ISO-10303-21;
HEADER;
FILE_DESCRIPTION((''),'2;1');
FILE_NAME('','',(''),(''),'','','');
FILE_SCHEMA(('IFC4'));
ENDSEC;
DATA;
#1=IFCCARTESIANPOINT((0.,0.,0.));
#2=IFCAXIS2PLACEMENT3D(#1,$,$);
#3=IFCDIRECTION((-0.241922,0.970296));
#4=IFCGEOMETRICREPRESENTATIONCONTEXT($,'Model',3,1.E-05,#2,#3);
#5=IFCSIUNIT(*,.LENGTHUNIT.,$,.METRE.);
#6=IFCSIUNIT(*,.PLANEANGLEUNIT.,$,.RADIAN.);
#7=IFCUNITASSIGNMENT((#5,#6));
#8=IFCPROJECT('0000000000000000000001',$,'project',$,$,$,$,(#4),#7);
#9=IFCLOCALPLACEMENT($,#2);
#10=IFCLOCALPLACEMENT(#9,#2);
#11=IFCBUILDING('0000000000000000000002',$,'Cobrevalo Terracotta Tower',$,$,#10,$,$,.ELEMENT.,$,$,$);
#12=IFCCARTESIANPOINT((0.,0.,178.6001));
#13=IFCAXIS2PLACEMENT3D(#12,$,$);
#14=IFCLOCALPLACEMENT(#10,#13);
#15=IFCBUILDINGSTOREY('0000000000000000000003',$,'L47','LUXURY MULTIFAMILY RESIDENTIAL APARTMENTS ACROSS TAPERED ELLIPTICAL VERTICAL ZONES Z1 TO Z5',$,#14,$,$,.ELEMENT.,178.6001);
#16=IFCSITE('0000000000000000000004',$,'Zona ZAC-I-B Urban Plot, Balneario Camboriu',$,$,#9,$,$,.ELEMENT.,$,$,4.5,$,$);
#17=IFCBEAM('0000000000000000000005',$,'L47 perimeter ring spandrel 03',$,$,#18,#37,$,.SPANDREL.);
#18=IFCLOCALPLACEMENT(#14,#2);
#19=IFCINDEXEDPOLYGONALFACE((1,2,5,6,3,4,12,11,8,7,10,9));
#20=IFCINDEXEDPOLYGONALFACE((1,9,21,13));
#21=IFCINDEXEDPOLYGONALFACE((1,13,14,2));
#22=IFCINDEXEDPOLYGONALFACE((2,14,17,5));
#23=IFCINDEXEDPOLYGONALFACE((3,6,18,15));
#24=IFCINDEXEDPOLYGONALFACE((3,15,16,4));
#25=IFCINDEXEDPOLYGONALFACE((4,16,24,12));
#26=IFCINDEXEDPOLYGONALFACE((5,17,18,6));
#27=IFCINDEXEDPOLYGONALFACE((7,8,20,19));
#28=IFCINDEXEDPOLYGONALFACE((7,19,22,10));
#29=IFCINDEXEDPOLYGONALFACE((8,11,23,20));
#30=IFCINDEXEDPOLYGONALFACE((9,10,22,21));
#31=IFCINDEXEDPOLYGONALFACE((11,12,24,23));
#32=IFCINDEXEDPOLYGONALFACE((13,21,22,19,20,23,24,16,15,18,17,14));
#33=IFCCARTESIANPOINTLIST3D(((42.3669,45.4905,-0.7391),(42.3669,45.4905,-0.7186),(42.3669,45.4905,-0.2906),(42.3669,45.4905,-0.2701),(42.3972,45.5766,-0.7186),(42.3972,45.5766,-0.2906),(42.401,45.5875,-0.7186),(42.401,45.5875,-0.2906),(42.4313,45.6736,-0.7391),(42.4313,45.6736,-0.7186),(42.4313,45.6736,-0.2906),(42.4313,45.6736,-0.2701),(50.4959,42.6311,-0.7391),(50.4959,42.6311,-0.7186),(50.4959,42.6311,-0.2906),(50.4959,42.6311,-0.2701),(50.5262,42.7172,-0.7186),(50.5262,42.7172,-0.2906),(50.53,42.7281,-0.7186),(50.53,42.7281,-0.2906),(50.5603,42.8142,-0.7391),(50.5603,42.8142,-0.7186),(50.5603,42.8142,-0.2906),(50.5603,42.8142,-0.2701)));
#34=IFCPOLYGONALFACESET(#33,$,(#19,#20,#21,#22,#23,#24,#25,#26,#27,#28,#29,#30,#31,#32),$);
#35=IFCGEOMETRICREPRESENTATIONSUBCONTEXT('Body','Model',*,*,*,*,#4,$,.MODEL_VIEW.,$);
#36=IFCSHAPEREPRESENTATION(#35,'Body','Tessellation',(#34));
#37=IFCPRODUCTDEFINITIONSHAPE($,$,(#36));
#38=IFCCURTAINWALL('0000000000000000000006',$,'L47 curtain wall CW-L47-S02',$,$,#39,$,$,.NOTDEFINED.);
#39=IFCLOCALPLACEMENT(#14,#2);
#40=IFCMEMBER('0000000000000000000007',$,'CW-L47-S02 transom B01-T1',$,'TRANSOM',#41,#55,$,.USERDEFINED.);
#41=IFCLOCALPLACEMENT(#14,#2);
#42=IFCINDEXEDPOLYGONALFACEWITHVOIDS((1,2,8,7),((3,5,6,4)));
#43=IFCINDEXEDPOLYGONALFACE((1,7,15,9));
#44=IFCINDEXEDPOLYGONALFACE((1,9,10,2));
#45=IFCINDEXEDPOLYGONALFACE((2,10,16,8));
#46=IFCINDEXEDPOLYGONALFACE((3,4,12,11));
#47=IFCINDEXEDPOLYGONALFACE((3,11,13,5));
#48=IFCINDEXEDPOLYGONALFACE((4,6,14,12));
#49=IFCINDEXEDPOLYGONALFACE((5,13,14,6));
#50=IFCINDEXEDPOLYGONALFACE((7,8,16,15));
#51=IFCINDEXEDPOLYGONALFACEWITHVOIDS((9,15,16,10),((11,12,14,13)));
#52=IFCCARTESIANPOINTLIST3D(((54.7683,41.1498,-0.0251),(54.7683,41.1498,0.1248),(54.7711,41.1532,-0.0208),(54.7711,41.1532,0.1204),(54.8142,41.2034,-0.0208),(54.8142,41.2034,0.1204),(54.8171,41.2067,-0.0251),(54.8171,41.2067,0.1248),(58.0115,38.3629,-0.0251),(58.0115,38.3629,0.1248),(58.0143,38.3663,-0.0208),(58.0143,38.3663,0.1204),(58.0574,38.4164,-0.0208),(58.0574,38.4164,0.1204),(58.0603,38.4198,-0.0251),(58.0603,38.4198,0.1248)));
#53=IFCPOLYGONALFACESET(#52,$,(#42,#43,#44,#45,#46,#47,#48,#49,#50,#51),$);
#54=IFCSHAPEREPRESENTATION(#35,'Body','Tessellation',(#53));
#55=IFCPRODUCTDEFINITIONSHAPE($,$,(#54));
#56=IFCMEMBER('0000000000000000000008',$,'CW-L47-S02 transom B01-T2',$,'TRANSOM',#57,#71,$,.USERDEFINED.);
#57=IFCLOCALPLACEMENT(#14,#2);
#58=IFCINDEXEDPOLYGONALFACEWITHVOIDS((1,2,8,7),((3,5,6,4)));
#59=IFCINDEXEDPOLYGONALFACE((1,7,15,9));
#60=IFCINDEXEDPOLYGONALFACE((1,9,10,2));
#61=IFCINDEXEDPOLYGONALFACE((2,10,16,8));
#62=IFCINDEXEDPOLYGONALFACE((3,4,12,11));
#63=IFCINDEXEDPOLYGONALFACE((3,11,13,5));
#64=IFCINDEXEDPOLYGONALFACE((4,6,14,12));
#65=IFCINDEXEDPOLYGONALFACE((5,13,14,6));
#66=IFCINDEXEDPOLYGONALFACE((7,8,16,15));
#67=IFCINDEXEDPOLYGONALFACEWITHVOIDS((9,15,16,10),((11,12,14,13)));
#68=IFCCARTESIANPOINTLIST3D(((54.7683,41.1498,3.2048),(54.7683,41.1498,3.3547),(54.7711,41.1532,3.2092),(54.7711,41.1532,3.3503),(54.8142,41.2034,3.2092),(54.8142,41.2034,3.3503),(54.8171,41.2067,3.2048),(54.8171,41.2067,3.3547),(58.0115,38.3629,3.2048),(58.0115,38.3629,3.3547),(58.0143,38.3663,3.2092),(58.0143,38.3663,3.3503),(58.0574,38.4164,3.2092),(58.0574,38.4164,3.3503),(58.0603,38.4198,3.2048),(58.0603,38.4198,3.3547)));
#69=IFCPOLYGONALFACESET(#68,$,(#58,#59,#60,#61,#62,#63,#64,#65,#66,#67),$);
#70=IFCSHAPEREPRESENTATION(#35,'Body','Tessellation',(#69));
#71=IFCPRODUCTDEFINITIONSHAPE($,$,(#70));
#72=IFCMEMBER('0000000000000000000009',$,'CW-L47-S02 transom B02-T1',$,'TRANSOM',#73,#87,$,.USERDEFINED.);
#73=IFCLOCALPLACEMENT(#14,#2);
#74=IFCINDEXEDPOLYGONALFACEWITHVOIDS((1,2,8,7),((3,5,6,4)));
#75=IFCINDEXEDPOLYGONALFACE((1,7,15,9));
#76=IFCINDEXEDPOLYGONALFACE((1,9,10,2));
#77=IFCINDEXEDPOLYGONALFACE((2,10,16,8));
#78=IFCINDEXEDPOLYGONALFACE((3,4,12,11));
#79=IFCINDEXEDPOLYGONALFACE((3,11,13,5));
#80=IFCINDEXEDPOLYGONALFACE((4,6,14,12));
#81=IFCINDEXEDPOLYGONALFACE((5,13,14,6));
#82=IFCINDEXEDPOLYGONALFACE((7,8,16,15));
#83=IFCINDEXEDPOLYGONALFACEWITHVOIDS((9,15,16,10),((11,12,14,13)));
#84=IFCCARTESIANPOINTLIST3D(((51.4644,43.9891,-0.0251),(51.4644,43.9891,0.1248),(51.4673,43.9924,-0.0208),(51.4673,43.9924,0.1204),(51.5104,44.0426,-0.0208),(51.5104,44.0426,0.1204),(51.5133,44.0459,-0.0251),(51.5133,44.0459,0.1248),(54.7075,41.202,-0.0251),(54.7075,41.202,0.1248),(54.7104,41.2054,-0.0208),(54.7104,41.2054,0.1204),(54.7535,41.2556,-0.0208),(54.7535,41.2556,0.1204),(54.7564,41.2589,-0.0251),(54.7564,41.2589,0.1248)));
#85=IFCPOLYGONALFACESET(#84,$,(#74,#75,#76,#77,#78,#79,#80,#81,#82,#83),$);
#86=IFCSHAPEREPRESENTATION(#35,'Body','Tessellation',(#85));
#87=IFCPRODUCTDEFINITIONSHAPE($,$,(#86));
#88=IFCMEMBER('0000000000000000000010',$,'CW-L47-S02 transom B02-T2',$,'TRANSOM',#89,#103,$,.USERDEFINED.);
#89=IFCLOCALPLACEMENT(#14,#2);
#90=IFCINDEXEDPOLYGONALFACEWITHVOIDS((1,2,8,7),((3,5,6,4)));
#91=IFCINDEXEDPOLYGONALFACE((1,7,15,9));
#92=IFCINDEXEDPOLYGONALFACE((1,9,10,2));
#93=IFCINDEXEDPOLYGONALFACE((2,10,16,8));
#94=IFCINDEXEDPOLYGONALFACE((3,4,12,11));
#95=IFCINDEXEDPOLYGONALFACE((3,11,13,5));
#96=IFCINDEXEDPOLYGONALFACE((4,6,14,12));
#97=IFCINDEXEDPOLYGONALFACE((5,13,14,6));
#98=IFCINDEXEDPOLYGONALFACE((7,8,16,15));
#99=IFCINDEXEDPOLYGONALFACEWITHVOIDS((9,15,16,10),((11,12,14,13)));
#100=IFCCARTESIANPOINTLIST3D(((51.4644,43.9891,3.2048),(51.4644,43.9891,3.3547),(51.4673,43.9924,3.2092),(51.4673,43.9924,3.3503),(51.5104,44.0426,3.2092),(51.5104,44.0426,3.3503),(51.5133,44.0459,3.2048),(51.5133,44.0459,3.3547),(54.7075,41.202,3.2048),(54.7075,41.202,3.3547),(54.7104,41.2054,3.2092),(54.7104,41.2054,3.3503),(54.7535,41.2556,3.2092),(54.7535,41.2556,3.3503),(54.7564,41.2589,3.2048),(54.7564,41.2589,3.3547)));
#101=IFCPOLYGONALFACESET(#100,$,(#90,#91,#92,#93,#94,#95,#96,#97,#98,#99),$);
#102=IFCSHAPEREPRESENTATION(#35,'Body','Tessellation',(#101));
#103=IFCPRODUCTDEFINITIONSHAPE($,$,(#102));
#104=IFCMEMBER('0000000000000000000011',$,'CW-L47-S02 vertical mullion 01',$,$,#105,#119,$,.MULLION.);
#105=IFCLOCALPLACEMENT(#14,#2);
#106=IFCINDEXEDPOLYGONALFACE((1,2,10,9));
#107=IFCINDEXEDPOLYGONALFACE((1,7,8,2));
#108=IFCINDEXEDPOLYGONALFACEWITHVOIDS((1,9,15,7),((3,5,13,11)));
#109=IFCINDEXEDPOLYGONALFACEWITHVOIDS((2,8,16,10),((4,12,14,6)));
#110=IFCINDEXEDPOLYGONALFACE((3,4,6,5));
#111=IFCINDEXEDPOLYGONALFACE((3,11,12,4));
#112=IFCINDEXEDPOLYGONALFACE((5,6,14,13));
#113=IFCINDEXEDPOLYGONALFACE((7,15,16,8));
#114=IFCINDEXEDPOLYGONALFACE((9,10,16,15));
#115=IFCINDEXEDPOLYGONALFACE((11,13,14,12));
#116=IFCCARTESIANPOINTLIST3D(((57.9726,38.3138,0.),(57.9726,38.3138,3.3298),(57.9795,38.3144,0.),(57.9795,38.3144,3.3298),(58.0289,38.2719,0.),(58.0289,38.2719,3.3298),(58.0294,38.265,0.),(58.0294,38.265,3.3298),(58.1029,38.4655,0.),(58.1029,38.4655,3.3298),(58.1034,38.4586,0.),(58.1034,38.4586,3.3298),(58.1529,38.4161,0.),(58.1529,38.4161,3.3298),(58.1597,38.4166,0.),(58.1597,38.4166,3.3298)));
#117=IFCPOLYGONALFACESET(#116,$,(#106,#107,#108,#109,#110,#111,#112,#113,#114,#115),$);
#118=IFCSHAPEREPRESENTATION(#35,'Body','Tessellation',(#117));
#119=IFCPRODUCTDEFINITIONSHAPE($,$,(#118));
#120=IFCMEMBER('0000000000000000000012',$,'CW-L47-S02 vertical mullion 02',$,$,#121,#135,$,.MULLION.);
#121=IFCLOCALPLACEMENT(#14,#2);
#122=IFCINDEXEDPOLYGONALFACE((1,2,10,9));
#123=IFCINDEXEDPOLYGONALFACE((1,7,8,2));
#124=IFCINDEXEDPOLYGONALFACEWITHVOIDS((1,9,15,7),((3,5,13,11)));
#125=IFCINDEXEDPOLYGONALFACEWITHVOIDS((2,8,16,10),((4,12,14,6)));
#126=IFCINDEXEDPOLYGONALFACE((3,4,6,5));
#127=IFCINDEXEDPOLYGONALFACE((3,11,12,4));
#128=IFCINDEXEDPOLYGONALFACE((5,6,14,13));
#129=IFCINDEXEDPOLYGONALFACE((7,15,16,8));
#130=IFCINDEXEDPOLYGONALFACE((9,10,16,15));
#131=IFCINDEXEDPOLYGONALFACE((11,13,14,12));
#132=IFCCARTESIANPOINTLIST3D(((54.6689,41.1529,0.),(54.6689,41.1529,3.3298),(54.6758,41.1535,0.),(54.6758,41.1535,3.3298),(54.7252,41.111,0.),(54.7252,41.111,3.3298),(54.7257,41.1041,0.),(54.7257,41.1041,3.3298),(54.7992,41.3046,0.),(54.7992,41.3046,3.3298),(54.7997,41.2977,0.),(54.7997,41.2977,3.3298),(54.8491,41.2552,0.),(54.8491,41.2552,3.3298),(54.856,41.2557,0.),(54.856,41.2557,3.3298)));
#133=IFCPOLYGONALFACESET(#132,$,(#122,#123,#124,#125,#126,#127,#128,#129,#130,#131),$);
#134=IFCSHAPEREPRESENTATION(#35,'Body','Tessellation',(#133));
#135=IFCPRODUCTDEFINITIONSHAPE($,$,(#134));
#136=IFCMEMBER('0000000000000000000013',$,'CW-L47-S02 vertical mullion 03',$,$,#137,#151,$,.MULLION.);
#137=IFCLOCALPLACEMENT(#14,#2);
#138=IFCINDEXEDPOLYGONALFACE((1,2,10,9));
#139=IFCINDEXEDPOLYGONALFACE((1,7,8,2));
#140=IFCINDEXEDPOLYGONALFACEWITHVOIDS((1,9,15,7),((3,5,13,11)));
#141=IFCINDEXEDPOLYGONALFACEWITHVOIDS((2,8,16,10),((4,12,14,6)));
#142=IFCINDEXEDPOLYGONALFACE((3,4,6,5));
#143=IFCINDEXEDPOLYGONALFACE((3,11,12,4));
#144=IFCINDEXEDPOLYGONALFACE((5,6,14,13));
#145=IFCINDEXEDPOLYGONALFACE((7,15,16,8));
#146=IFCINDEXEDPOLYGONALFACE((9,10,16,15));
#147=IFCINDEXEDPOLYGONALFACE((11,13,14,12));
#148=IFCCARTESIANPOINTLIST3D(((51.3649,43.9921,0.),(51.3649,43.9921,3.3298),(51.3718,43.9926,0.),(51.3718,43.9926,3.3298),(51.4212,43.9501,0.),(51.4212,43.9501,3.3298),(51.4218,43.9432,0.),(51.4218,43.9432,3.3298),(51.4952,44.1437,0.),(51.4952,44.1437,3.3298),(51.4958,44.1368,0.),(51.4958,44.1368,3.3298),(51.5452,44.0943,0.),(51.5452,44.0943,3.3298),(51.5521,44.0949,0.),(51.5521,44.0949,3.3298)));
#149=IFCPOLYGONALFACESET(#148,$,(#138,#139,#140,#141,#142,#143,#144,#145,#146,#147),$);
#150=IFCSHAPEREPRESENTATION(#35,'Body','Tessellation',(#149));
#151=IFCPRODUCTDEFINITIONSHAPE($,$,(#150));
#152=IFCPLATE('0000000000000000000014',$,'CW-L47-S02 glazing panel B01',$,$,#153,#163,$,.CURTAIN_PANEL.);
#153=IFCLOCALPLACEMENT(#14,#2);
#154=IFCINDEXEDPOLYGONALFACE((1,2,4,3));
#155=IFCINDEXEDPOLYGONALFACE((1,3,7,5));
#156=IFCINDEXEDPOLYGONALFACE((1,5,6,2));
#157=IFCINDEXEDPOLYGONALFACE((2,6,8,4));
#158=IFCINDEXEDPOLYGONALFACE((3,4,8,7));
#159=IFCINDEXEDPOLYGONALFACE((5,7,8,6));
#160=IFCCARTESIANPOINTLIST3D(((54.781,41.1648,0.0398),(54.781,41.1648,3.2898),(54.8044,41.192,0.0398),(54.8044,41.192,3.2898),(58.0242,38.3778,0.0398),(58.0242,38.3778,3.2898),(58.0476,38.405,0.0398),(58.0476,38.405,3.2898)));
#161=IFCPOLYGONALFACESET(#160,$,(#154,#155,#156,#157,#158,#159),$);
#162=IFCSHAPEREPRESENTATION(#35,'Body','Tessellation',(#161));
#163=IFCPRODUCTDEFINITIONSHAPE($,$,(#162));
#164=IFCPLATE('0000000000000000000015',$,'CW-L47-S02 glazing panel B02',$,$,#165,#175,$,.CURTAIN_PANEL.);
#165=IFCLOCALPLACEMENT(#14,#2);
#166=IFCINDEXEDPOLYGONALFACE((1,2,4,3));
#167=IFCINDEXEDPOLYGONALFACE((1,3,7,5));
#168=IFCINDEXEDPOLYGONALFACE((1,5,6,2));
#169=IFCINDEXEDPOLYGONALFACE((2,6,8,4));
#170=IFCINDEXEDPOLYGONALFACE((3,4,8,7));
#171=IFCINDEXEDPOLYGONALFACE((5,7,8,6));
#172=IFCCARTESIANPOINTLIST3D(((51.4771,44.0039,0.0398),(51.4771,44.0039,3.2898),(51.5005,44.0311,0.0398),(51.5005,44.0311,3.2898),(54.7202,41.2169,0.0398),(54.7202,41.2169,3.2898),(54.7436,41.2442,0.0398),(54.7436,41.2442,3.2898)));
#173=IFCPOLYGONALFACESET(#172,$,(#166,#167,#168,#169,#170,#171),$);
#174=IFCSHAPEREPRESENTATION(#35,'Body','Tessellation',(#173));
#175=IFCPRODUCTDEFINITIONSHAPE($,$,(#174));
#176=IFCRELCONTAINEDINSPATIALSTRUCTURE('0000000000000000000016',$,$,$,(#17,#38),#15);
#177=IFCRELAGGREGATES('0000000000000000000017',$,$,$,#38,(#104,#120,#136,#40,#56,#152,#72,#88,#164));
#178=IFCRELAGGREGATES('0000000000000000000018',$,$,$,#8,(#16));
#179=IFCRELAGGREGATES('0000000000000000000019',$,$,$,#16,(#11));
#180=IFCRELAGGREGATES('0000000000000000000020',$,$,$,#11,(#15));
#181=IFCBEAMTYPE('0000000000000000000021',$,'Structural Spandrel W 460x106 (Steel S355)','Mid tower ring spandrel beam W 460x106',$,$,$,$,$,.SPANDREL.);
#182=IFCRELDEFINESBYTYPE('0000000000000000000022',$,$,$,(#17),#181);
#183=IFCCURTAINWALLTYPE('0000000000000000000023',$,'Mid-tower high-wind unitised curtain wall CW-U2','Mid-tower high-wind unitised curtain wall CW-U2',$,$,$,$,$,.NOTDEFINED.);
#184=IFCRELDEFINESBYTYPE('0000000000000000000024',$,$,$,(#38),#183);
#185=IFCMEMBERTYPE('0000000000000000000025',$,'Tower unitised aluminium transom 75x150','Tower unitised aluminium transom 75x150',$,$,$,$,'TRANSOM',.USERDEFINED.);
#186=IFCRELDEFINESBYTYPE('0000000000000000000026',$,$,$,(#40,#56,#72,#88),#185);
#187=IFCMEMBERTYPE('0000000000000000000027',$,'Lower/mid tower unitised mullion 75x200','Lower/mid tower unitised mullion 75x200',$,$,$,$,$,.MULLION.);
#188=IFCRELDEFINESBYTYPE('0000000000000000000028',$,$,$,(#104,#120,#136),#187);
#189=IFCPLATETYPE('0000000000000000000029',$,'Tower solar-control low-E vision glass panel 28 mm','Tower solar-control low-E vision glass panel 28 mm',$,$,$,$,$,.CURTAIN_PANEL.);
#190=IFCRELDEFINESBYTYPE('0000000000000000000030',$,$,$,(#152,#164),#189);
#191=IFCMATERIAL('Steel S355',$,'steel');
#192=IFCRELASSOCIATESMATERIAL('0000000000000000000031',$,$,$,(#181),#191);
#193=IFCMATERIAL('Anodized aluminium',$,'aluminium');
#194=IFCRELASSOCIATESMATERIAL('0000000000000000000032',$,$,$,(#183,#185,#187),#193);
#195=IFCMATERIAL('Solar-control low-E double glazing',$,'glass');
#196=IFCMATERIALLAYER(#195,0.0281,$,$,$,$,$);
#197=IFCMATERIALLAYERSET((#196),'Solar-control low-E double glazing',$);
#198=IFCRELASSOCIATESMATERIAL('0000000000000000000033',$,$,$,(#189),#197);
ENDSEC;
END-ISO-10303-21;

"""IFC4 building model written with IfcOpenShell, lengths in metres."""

from ifc_helpers import new_model, si_unit, direction, frame, origin, origin_2d, place, context, subcontext, project, spatial, rectangle, hollow_rectangle, i_section, extrude, source, transform, mapped, material, layer, layer_set, material_profile, profile_set, type_object, element, aggregate, save


model = new_model("IFC4")

# Units and contexts
model_context = context("Model", 3, precision=1e-05, world=origin(), true_north=direction((-0.241922, 0.970296)))
body_context = subcontext(model_context, "Body", "Model", "MODEL_VIEW")
ifc_project = project(units=[si_unit("LENGTHUNIT", "METRE"), si_unit("PLANEANGLEUNIT", "RADIAN")], contexts=[model_context])

# Site, building, storey
site_placement = place(None, origin())
site = spatial("IfcSite", under=ifc_project, at=site_placement, Name="Zona ZAC-I-B Urban Plot, Balneario Camboriu", CompositionType="ELEMENT", RefElevation=4.5)
building_placement = place(site_placement, origin())
building = spatial("IfcBuilding", under=site, at=building_placement, Name="Cobrevalo Terracotta Tower", CompositionType="ELEMENT")
storey_placement = place(building_placement, frame((0.0, 0.0, 178.6001)))
storey = spatial("IfcBuildingStorey", under=building, at=storey_placement, Name="L47", Description="LUXURY MULTIFAMILY RESIDENTIAL APARTMENTS ACROSS TAPERED ELLIPTICAL VERTICAL ZONES Z1 TO Z5", CompositionType="ELEMENT", Elevation=178.6001)

# Shared definitions
ifc_material_1 = material(Name="Steel S355", Category="steel")

# Beam
ifc_material_profile_1 = material_profile(ifc_material_1, i_section(OverallWidth=0.1941, OverallDepth=0.469, WebThickness=0.0115, FlangeThickness=0.0205, at=origin_2d()), Name="W 460x106")
ifc_profile_set_1 = profile_set([ifc_material_profile_1], Name="Steel S355")
beam_type_1 = type_object("IfcBeamType", Name="Structural Spandrel W 460x106 (Steel S355)", Description="Mid tower ring spandrel beam W 460x106", PredefinedType="SPANDREL", material=ifc_profile_set_1)
beam_1_placement = place(storey_placement, frame((50.5281, 42.7227, -0.5046), z_axis=(-0.943341, 0.331824, 0.0), x_axis=(-0.331824, -0.943341, 0.0)))
element("IfcBeam", 1, at=beam_1_placement, inside=storey, type_object=beam_type_1, Name="L47 perimeter ring spandrel 03", PredefinedType="SPANDREL", context=body_context, shape_type="SweptSolid", body=[
    extrude(i_section(OverallWidth=0.1941, OverallDepth=0.469, WebThickness=0.0115, FlangeThickness=0.0205, at=origin_2d()), origin(), (0.0, 0.0, 1.0), 8.6172),
])

# Curtain wall, members, plates
ifc_material_2 = material(Name="Anodized aluminium", Category="aluminium")
curtain_wall_type = type_object("IfcCurtainWallType", Name="Mid-tower high-wind unitised curtain wall CW-U2", Description="Mid-tower high-wind unitised curtain wall CW-U2", PredefinedType="NOTDEFINED", material=ifc_material_2)
curtain_wall_placement = place(storey_placement, origin())
curtain_wall = element("IfcCurtainWall", 2, at=curtain_wall_placement, inside=storey, type_object=curtain_wall_type, Name="L47 curtain wall CW-L47-S02", PredefinedType="NOTDEFINED")
ifc_material_profile_2 = material_profile(ifc_material_2, hollow_rectangle(XDim=0.075, YDim=0.1499, WallThickness=0.0044, at=origin_2d()), Name="CWT 75x150")
ifc_profile_set_2 = profile_set([ifc_material_profile_2], Name="Anodized aluminium")
member_type_1 = type_object("IfcMemberType", Name="Tower unitised aluminium transom 75x150", Description="Tower unitised aluminium transom 75x150", ElementType="TRANSOM", PredefinedType="USERDEFINED", material=ifc_profile_set_2)
shared_shape_1 = source(origin(), body_context, "Body", "SweptSolid", [
    extrude(hollow_rectangle(XDim=0.075, YDim=0.1499, WallThickness=0.0044, at=origin_2d()), origin(), (0.0, 0.0, 1.0), 4.2761),
])
member_1_placement = place(storey_placement, frame((58.0359, 38.3914, 0.0498), z_axis=(-0.758446, 0.651736, 0.0), x_axis=(-0.651736, -0.758446, 0.0)))
member_1 = element("IfcMember", 3, at=member_1_placement, type_object=member_type_1, Name="CW-L47-S02 transom B01-T1", ObjectType="TRANSOM", PredefinedType="USERDEFINED", context=body_context, shape_type="MappedRepresentation", body=[
    mapped(shared_shape_1, transform((0.0, 0.0, 0.0), scale=1.0)),
])
member_2_placement = place(storey_placement, frame((58.0359, 38.3914, 3.2798), z_axis=(-0.758446, 0.651736, 0.0), x_axis=(-0.651736, -0.758446, 0.0)))
member_2 = element("IfcMember", 4, at=member_2_placement, type_object=member_type_1, Name="CW-L47-S02 transom B01-T2", ObjectType="TRANSOM", PredefinedType="USERDEFINED", context=body_context, shape_type="MappedRepresentation", body=[
    mapped(shared_shape_1, transform((0.0, 0.0, 0.0), scale=1.0)),
])
member_3_placement = place(storey_placement, frame((54.7319, 41.2305, 0.0498), z_axis=(-0.758418, 0.651769, 0.0), x_axis=(-0.651769, -0.758418, 0.0)))
member_3 = element("IfcMember", 5, at=member_3_placement, type_object=member_type_1, Name="CW-L47-S02 transom B02-T1", ObjectType="TRANSOM", PredefinedType="USERDEFINED", context=body_context, shape_type="MappedRepresentation", body=[
    mapped(shared_shape_1, transform((0.0, 0.0, 0.0), scale=1.0)),
])
member_4_placement = place(storey_placement, frame((54.7319, 41.2305, 3.2798), z_axis=(-0.758418, 0.651769, 0.0), x_axis=(-0.651769, -0.758418, 0.0)))
member_4 = element("IfcMember", 6, at=member_4_placement, type_object=member_type_1, Name="CW-L47-S02 transom B02-T2", ObjectType="TRANSOM", PredefinedType="USERDEFINED", context=body_context, shape_type="MappedRepresentation", body=[
    mapped(shared_shape_1, transform((0.0, 0.0, 0.0), scale=1.0)),
])
ifc_material_profile_3 = material_profile(ifc_material_2, hollow_rectangle(XDim=0.075, YDim=0.2, WallThickness=0.0049, at=origin_2d()), Name="CWM 75x200")
ifc_profile_set_3 = profile_set([ifc_material_profile_3], Name="Anodized aluminium")
member_type_2 = type_object("IfcMemberType", Name="Lower/mid tower unitised mullion 75x200", Description="Lower/mid tower unitised mullion 75x200", PredefinedType="MULLION", material=ifc_profile_set_3)
shared_shape_2 = source(origin(), body_context, "Body", "SweptSolid", [
    extrude(hollow_rectangle(XDim=0.075, YDim=0.2, WallThickness=0.0049, at=origin_2d()), origin(), (0.0, 0.0, 1.0), 3.3298),
])
member_5_placement = place(storey_placement, frame((58.0662, 38.3652, 0.0), z_axis=(0.0, 0.0, 1.0), x_axis=(-0.758442, 0.651741, 0.0)))
member_5 = element("IfcMember", 7, at=member_5_placement, type_object=member_type_2, Name="CW-L47-S02 vertical mullion 01", PredefinedType="MULLION", context=body_context, shape_type="MappedRepresentation", body=[
    mapped(shared_shape_2, transform((0.0, 0.0, 0.0), scale=1.0)),
])
member_6_placement = place(storey_placement, frame((54.7625, 41.2043, 0.0), z_axis=(0.0, 0.0, 1.0), x_axis=(-0.758442, 0.651741, 0.0)))
member_6 = element("IfcMember", 8, at=member_6_placement, type_object=member_type_2, Name="CW-L47-S02 vertical mullion 02", PredefinedType="MULLION", context=body_context, shape_type="MappedRepresentation", body=[
    mapped(shared_shape_2, transform((0.0, 0.0, 0.0), scale=1.0)),
])
member_7_placement = place(storey_placement, frame((51.4585, 44.0435, 0.0), z_axis=(0.0, 0.0, 1.0), x_axis=(-0.758442, 0.651741, 0.0)))
member_7 = element("IfcMember", 9, at=member_7_placement, type_object=member_type_2, Name="CW-L47-S02 vertical mullion 03", PredefinedType="MULLION", context=body_context, shape_type="MappedRepresentation", body=[
    mapped(shared_shape_2, transform((0.0, 0.0, 0.0), scale=1.0)),
])
ifc_material_3 = material(Name="Solar-control low-E double glazing", Category="glass")
ifc_layer_1 = layer(ifc_material_3, 0.0281)
ifc_layer_set_1 = layer_set([ifc_layer_1], Name="Solar-control low-E double glazing")
plate_type = type_object("IfcPlateType", Name="Tower solar-control low-E vision glass panel 28 mm", Description="Tower solar-control low-E vision glass panel 28 mm", PredefinedType="CURTAIN_PANEL", material=ifc_layer_set_1)
shared_shape_3 = source(origin(), body_context, "Body", "SweptSolid", [
    extrude(rectangle(XDim=4.2761, YDim=0.0359, at=origin_2d()), origin(), (0.0, 0.0, 1.0), 3.25),
])
plate_1_placement = place(storey_placement, frame((56.4143, 39.7849, 0.0398), z_axis=(0.0, 0.0, 1.0), x_axis=(-0.758437, 0.651746, 0.0)))
plate_1 = element("IfcPlate", 10, at=plate_1_placement, type_object=plate_type, Name="CW-L47-S02 glazing panel B01", PredefinedType="CURTAIN_PANEL", context=body_context, shape_type="MappedRepresentation", body=[
    mapped(shared_shape_3, transform((0.0, 0.0, 0.0), scale=1.0)),
])
plate_2_placement = place(storey_placement, frame((53.1104, 42.624, 0.0398), z_axis=(0.0, 0.0, 1.0), x_axis=(-0.758437, 0.651746, 0.0)))
plate_2 = element("IfcPlate", 11, at=plate_2_placement, type_object=plate_type, Name="CW-L47-S02 glazing panel B02", PredefinedType="CURTAIN_PANEL", context=body_context, shape_type="MappedRepresentation", body=[
    mapped(shared_shape_3, transform((0.0, 0.0, 0.0), scale=1.0)),
])
aggregate(curtain_wall, [member_5, member_6, member_7, member_1, member_2, plate_1, member_3, member_4, plate_2])

save(model, "model.ifc")
